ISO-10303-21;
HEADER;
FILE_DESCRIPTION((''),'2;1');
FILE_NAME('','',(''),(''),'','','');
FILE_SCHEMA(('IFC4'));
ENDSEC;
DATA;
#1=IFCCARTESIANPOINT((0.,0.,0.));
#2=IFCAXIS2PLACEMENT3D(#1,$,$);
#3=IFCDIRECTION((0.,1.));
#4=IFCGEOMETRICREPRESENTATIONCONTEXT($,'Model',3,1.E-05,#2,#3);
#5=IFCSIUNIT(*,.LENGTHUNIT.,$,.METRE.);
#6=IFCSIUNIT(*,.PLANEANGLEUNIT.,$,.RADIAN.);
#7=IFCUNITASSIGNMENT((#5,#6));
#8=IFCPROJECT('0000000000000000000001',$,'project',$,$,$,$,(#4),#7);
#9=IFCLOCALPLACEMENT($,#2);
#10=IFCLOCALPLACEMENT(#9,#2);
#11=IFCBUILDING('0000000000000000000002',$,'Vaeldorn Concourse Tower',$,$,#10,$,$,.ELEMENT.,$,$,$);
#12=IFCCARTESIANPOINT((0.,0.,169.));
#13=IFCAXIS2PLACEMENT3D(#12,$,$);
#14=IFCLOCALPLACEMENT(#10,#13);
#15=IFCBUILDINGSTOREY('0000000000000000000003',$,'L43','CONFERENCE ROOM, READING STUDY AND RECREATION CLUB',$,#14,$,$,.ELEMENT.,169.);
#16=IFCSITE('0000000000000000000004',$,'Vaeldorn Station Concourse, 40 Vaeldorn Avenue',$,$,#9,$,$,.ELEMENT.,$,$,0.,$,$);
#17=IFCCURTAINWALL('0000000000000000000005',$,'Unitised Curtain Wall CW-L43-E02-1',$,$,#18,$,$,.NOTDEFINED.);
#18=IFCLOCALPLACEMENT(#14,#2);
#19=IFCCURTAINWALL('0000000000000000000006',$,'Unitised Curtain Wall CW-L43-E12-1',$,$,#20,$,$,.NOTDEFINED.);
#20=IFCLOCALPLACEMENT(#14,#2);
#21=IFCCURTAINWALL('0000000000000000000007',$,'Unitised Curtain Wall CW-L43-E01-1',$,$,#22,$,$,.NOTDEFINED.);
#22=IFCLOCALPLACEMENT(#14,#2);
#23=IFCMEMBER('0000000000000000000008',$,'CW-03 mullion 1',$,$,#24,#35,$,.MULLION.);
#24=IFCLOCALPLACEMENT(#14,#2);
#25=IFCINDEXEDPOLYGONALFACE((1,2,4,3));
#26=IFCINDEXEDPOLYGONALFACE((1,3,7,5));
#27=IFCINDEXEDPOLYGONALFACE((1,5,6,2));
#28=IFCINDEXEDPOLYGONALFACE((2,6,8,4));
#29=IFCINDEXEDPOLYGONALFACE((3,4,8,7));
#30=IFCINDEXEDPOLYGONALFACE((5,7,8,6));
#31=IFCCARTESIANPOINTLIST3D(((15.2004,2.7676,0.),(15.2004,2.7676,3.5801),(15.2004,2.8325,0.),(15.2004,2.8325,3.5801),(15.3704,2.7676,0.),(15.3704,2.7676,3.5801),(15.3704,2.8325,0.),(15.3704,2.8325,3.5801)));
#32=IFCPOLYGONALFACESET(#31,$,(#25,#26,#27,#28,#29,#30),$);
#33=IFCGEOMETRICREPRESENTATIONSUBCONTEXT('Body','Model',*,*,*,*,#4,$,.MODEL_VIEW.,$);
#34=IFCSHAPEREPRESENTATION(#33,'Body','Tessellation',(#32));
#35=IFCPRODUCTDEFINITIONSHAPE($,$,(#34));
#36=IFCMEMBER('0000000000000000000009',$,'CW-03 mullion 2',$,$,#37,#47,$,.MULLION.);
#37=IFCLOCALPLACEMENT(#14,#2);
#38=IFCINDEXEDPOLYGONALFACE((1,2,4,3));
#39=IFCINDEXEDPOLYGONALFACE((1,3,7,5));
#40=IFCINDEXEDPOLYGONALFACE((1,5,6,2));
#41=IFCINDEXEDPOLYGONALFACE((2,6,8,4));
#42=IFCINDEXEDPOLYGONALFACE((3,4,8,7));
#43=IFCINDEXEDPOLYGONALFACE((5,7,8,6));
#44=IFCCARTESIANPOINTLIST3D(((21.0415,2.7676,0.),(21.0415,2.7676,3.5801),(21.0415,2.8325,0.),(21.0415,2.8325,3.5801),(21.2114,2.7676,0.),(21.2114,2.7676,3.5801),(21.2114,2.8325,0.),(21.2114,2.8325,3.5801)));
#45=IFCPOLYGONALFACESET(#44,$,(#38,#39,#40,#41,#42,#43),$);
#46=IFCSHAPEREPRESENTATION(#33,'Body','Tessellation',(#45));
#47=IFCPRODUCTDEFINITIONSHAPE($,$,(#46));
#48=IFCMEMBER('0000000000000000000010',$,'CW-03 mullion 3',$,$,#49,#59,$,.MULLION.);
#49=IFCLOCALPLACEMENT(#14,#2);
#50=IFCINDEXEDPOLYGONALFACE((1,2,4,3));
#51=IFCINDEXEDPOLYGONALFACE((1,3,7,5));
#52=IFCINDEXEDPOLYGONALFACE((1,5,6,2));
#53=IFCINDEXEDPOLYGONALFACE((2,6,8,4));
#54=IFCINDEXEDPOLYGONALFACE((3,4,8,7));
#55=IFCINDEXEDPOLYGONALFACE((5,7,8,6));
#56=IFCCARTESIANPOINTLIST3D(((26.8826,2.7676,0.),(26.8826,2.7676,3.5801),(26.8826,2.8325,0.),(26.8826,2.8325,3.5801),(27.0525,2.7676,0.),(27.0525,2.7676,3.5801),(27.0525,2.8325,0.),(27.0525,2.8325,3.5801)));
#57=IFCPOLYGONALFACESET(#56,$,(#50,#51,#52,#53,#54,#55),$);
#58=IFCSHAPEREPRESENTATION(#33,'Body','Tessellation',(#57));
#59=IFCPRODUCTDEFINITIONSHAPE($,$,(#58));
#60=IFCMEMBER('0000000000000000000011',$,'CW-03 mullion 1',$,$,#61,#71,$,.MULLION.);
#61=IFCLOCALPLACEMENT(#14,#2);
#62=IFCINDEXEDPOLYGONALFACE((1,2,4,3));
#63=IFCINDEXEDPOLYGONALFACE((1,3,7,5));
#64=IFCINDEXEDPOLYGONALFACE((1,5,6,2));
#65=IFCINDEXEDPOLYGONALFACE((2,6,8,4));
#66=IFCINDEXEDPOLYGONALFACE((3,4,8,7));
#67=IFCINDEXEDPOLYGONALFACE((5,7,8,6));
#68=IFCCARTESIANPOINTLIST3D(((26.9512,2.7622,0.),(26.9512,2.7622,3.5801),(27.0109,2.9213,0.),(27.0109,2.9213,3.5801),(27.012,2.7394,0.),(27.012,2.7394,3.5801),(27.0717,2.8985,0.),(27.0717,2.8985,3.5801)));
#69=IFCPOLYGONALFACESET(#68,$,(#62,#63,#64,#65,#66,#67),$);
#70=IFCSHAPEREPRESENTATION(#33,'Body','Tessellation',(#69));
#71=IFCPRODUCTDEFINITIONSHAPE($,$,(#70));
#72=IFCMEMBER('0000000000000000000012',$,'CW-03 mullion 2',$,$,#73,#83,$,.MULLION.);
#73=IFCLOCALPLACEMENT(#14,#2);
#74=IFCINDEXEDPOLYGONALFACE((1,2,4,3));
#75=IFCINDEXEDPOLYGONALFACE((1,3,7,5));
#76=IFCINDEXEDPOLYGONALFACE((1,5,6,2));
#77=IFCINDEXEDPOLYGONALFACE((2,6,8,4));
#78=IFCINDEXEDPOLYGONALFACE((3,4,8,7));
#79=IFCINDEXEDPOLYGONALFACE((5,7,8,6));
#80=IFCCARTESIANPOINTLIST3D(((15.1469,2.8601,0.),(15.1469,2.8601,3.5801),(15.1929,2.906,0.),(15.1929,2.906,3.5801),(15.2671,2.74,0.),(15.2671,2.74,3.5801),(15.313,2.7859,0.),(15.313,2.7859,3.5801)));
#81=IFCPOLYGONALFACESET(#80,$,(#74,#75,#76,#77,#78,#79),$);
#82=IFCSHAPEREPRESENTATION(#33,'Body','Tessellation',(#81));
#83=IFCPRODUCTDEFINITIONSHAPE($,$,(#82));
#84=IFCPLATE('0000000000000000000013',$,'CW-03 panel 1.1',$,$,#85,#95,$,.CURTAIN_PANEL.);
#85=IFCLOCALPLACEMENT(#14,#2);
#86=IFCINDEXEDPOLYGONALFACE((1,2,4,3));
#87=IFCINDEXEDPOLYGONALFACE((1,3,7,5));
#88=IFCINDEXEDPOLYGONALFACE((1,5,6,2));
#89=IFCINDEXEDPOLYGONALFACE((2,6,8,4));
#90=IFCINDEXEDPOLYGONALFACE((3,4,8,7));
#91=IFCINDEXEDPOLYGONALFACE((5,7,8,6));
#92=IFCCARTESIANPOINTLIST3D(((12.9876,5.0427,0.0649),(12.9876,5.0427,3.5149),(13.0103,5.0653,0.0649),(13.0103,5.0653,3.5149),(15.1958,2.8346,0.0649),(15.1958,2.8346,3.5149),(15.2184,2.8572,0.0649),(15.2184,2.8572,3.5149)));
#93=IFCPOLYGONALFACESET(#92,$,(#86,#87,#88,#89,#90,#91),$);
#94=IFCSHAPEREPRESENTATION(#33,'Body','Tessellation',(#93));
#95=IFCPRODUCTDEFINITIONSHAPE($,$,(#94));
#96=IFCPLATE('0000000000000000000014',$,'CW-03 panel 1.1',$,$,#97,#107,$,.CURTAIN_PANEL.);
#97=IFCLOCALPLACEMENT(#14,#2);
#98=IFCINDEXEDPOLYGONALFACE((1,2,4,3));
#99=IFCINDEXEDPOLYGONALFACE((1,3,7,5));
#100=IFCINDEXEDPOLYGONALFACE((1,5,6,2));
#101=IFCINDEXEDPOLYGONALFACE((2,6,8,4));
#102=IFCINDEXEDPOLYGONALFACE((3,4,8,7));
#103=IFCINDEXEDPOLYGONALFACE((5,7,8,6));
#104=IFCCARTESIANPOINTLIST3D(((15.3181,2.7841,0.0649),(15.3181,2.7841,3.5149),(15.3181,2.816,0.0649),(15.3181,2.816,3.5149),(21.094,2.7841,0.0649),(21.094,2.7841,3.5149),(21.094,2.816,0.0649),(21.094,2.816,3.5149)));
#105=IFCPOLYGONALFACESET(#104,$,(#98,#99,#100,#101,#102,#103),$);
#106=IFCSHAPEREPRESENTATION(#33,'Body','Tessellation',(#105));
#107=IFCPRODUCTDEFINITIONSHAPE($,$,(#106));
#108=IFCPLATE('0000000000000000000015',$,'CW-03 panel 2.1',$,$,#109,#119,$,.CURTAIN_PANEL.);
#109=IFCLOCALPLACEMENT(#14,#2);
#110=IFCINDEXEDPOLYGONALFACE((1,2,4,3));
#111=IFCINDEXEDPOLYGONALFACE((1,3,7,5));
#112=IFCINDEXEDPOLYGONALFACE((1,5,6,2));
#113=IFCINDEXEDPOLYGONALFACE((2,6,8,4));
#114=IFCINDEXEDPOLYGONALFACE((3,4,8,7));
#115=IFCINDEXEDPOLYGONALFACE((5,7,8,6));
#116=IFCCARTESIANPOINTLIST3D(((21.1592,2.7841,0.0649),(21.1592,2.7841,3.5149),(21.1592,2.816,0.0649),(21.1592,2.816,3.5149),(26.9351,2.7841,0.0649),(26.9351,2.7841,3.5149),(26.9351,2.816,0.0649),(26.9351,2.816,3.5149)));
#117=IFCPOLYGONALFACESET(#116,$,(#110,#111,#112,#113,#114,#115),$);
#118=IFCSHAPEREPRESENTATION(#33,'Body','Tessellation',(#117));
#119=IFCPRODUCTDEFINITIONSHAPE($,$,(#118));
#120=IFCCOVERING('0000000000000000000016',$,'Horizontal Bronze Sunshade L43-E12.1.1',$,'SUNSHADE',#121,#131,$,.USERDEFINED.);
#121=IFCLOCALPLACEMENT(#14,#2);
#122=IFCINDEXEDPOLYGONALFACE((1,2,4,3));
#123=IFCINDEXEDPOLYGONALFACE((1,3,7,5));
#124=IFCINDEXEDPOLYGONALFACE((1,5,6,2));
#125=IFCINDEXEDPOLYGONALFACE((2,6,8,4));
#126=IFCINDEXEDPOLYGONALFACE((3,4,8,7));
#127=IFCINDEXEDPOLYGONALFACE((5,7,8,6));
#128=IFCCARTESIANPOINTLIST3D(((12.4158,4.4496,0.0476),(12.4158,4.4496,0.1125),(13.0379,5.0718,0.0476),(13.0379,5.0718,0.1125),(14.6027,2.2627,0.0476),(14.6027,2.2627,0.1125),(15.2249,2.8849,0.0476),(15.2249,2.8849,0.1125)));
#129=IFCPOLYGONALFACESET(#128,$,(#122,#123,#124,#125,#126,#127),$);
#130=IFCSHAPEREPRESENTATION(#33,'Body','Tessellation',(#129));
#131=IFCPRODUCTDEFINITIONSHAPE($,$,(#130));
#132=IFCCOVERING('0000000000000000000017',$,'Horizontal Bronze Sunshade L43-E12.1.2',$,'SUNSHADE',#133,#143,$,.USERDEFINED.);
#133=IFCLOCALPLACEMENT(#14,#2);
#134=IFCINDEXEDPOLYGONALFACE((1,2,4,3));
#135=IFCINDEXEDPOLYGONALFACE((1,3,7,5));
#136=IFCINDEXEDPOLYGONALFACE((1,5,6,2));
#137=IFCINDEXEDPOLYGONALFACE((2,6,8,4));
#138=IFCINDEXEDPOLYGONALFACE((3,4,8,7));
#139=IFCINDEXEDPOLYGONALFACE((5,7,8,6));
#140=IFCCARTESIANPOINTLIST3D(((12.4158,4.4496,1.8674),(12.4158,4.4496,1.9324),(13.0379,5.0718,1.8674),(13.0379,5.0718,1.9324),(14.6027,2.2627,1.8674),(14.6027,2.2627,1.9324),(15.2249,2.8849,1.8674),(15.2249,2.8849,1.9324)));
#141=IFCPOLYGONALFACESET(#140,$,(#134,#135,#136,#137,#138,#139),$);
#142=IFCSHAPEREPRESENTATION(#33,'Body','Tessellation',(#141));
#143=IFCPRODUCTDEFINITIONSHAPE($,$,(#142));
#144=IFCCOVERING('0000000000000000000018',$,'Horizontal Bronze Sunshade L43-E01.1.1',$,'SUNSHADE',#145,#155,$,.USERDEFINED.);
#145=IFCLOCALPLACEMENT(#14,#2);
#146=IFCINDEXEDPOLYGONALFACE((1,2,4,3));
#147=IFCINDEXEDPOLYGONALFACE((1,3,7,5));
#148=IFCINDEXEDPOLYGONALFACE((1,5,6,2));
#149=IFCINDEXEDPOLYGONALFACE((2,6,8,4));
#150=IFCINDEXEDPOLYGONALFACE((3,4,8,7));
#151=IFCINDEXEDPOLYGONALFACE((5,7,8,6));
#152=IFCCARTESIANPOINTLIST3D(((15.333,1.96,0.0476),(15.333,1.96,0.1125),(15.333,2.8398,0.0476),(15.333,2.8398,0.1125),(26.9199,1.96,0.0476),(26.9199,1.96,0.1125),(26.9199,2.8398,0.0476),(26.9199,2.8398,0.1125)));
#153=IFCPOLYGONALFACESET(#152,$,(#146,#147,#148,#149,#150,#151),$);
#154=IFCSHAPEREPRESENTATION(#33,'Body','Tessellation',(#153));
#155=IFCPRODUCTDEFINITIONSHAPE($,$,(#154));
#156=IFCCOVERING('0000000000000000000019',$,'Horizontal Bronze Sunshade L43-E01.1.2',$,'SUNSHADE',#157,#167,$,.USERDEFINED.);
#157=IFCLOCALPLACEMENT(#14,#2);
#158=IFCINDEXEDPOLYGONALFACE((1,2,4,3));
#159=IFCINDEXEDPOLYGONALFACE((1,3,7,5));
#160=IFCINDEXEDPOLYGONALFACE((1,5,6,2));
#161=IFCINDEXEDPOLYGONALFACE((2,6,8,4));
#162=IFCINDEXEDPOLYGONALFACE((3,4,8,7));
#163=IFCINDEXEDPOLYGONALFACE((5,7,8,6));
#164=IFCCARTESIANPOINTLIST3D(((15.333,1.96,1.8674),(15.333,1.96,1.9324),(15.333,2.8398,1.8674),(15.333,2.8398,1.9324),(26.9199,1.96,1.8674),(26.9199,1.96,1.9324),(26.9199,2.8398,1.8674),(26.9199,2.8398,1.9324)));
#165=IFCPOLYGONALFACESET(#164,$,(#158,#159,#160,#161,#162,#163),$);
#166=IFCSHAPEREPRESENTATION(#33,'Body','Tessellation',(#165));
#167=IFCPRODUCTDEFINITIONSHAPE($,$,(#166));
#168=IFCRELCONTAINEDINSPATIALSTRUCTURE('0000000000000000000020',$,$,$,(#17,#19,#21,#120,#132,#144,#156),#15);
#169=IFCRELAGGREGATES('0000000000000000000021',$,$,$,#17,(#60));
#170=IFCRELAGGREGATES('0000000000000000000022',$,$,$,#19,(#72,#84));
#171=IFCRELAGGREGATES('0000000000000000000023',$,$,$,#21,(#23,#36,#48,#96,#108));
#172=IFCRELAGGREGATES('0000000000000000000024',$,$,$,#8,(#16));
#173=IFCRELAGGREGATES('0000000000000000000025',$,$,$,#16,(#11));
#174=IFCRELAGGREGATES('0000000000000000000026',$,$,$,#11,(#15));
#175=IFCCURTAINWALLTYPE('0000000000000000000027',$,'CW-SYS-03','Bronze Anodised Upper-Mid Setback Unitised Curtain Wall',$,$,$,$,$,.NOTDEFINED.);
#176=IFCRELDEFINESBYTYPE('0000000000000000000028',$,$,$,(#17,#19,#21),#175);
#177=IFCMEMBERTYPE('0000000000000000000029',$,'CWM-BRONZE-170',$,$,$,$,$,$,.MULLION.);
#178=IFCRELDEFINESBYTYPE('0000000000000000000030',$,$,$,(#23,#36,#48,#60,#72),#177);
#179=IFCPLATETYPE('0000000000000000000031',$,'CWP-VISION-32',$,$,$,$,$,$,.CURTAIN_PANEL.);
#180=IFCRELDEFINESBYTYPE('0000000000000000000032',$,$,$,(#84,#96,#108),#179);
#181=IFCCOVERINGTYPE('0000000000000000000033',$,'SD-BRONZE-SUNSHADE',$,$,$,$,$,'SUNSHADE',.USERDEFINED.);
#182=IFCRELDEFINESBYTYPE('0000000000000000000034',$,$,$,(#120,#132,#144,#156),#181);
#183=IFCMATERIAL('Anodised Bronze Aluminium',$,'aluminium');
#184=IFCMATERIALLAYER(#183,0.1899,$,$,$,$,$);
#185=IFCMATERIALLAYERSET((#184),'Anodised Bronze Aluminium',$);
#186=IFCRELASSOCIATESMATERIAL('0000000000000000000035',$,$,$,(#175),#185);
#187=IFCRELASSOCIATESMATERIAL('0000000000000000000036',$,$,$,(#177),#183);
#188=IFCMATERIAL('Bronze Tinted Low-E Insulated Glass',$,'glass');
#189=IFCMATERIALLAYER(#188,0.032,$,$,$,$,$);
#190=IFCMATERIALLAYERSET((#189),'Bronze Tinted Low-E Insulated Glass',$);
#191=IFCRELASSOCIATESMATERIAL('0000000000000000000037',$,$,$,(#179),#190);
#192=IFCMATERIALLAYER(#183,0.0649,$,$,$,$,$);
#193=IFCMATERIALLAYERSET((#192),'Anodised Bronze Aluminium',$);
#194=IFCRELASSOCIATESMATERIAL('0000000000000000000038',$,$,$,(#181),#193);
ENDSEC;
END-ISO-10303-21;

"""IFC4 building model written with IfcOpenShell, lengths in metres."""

from ifc_helpers import new_model, si_unit, direction, frame, origin, origin_2d, place, context, subcontext, project, spatial, rectangle, extrude, source, transform, mapped, material, layer, layer_set, material_profile, profile_set, type_object, element, aggregate, save


model = new_model("IFC4")

# Units and contexts
model_context = context("Model", 3, precision=1e-05, world=origin(), true_north=direction((0.0, 1.0)))
body_context = subcontext(model_context, "Body", "Model", "MODEL_VIEW")
ifc_project = project(units=[si_unit("LENGTHUNIT", "METRE"), si_unit("PLANEANGLEUNIT", "RADIAN")], contexts=[model_context])

# Site, building, storey
site_placement = place(None, origin())
site = spatial("IfcSite", under=ifc_project, at=site_placement, Name="Vaeldorn Station Concourse, 40 Vaeldorn Avenue", CompositionType="ELEMENT", RefElevation=0.0)
building_placement = place(site_placement, origin())
building = spatial("IfcBuilding", under=site, at=building_placement, Name="Vaeldorn Concourse Tower", CompositionType="ELEMENT")
storey_placement = place(building_placement, frame((0.0, 0.0, 169.0)))
storey = spatial("IfcBuildingStorey", under=building, at=storey_placement, Name="L43", Description="CONFERENCE ROOM, READING STUDY AND RECREATION CLUB", CompositionType="ELEMENT", Elevation=169.0)

# Curtain wall
ifc_material_1 = material(Name="Anodised Bronze Aluminium", Category="aluminium")
ifc_layer_1 = layer(ifc_material_1, 0.1899)
ifc_layer_set_1 = layer_set([ifc_layer_1], Name="Anodised Bronze Aluminium")
curtain_wall_type = type_object("IfcCurtainWallType", Name="CW-SYS-03", Description="Bronze Anodised Upper-Mid Setback Unitised Curtain Wall", PredefinedType="NOTDEFINED", material=ifc_layer_set_1)
curtain_wall_1_placement = place(storey_placement, origin())
curtain_wall_1 = element("IfcCurtainWall", 1, at=curtain_wall_1_placement, inside=storey, type_object=curtain_wall_type, Name="Unitised Curtain Wall CW-L43-E02-1", PredefinedType="NOTDEFINED")

# Curtain wall
curtain_wall_2_placement = place(storey_placement, origin())
curtain_wall_2 = element("IfcCurtainWall", 2, at=curtain_wall_2_placement, inside=storey, type_object=curtain_wall_type, Name="Unitised Curtain Wall CW-L43-E12-1", PredefinedType="NOTDEFINED")

# Curtain wall, members
curtain_wall_3_placement = place(storey_placement, origin())
curtain_wall_3 = element("IfcCurtainWall", 3, at=curtain_wall_3_placement, inside=storey, type_object=curtain_wall_type, Name="Unitised Curtain Wall CW-L43-E01-1", PredefinedType="NOTDEFINED")
ifc_material_profile_1 = material_profile(ifc_material_1, rectangle(XDim=0.0649, YDim=0.1699, at=origin_2d()), Name="CWM 65x170")
ifc_profile_set_1 = profile_set([ifc_material_profile_1], Name="Anodised Bronze Aluminium")
member_type_1 = type_object("IfcMemberType", Name="CWM-BRONZE-170", PredefinedType="MULLION", material=ifc_profile_set_1)
shared_shape_1 = source(origin(), body_context, "Body", "SweptSolid", [
    extrude(rectangle(XDim=0.0649, YDim=0.1699, at=origin_2d()), origin(), (0.0, 0.0, 1.0), 3.5801),
])
member_1_placement = place(storey_placement, frame((15.2854, 2.8, 0.0), z_axis=(0.0, 0.0, 1.0), x_axis=(0.0, 1.0, 0.0)))
member_1 = element("IfcMember", 4, at=member_1_placement, type_object=member_type_1, Name="CW-03 mullion 1", PredefinedType="MULLION", context=body_context, shape_type="MappedRepresentation", body=[
    mapped(shared_shape_1, transform((0.0, 0.0, 0.0), scale=1.0)),
])
member_2_placement = place(storey_placement, frame((21.1265, 2.8, 0.0), z_axis=(0.0, 0.0, 1.0), x_axis=(0.0, 1.0, 0.0)))
member_2 = element("IfcMember", 5, at=member_2_placement, type_object=member_type_1, Name="CW-03 mullion 2", PredefinedType="MULLION", context=body_context, shape_type="MappedRepresentation", body=[
    mapped(shared_shape_1, transform((0.0, 0.0, 0.0), scale=1.0)),
])
member_3_placement = place(storey_placement, frame((26.9675, 2.8, 0.0), z_axis=(0.0, 0.0, 1.0), x_axis=(0.0, 1.0, 0.0)))
member_3 = element("IfcMember", 6, at=member_3_placement, type_object=member_type_1, Name="CW-03 mullion 3", PredefinedType="MULLION", context=body_context, shape_type="MappedRepresentation", body=[
    mapped(shared_shape_1, transform((0.0, 0.0, 0.0), scale=1.0)),
])

# Members
member_4_placement = place(storey_placement, frame((27.0115, 2.8303, 0.0), z_axis=(0.0, 0.0, 1.0), x_axis=(-0.936329, 0.351123, 0.0)))
member_4 = element("IfcMember", 7, at=member_4_placement, type_object=member_type_1, Name="CW-03 mullion 1", PredefinedType="MULLION", context=body_context, shape_type="MappedRepresentation", body=[
    mapped(shared_shape_1, transform((0.0, 0.0, 0.0), scale=1.0)),
])
aggregate(curtain_wall_1, [member_4])
member_5_placement = place(storey_placement, frame((15.23, 2.823, 0.0), z_axis=(0.0, 0.0, 1.0), x_axis=(0.707107, 0.707107, 0.0)))
member_5 = element("IfcMember", 8, at=member_5_placement, type_object=member_type_1, Name="CW-03 mullion 2", PredefinedType="MULLION", context=body_context, shape_type="MappedRepresentation", body=[
    mapped(shared_shape_1, transform((0.0, 0.0, 0.0), scale=1.0)),
])

# Plates
ifc_material_2 = material(Name="Bronze Tinted Low-E Insulated Glass", Category="glass")
ifc_layer_2 = layer(ifc_material_2, 0.032)
ifc_layer_set_2 = layer_set([ifc_layer_2], Name="Bronze Tinted Low-E Insulated Glass")
plate_type = type_object("IfcPlateType", Name="CWP-VISION-32", PredefinedType="CURTAIN_PANEL", material=ifc_layer_set_2)
shared_shape_2 = source(origin(), body_context, "Body", "SweptSolid", [
    extrude(rectangle(XDim=3.1228, YDim=0.032, at=origin_2d()), origin(), (0.0, 0.0, 1.0), 3.45),
])
plate_1_placement = place(storey_placement, frame((14.103, 3.95, 0.0649), z_axis=(0.0, 0.0, 1.0), x_axis=(0.707107, -0.707107, 0.0)))
plate_1 = element("IfcPlate", 9, at=plate_1_placement, type_object=plate_type, Name="CW-03 panel 1.1", PredefinedType="CURTAIN_PANEL", context=body_context, shape_type="MappedRepresentation", body=[
    mapped(shared_shape_2, transform((0.0, 0.0, 0.0), scale=1.0)),
])
aggregate(curtain_wall_2, [member_5, plate_1])
shared_shape_3 = source(origin(), body_context, "Body", "SweptSolid", [
    extrude(rectangle(XDim=5.7759, YDim=0.032, at=origin_2d()), origin(), (0.0, 0.0, 1.0), 3.45),
])
plate_2_placement = place(storey_placement, frame((18.2061, 2.8, 0.0649), z_axis=(0.0, 0.0, 1.0), x_axis=(1.0, 0.0, 0.0)))
plate_2 = element("IfcPlate", 10, at=plate_2_placement, type_object=plate_type, Name="CW-03 panel 1.1", PredefinedType="CURTAIN_PANEL", context=body_context, shape_type="MappedRepresentation", body=[
    mapped(shared_shape_3, transform((0.0, 0.0, 0.0), scale=1.0)),
])
plate_3_placement = place(storey_placement, frame((24.0471, 2.8, 0.0649), z_axis=(0.0, 0.0, 1.0), x_axis=(1.0, 0.0, 0.0)))
plate_3 = element("IfcPlate", 11, at=plate_3_placement, type_object=plate_type, Name="CW-03 panel 2.1", PredefinedType="CURTAIN_PANEL", context=body_context, shape_type="MappedRepresentation", body=[
    mapped(shared_shape_3, transform((0.0, 0.0, 0.0), scale=1.0)),
])
aggregate(curtain_wall_3, [member_1, member_2, member_3, plate_2, plate_3])

# Coverings
ifc_layer_3 = layer(ifc_material_1, 0.0649)
ifc_layer_set_3 = layer_set([ifc_layer_3], Name="Anodised Bronze Aluminium")
covering_type = type_object("IfcCoveringType", Name="SD-BRONZE-SUNSHADE", ElementType="SUNSHADE", PredefinedType="USERDEFINED", material=ifc_layer_set_3)
shared_shape_4 = source(origin(), body_context, "Body", "SweptSolid", [
    extrude(rectangle(XDim=3.0928, YDim=0.8799, at=origin_2d()), origin(), (0.0, 0.0, 1.0), 0.0649),
])
for number, where, z_axis, x_axis, name in (
    (12, (13.8203, 3.6672, 0.0476), (0.0, 0.0, 1.0), (0.707107, -0.707107, 0.0), "Horizontal Bronze Sunshade L43-E12.1.1"),
    (13, (13.8203, 3.6672, 1.8674), (0.0, 0.0, 1.0), (0.707107, -0.707107, 0.0), "Horizontal Bronze Sunshade L43-E12.1.2"),
):
    element("IfcCovering", number, at=place(storey_placement, frame(where, z_axis=z_axis, x_axis=x_axis)), inside=storey, type_object=covering_type, Name=name, ObjectType="SUNSHADE", PredefinedType="USERDEFINED", context=body_context, shape_type="MappedRepresentation", body=[
        mapped(shared_shape_4, transform((0.0, 0.0, 0.0), scale=1.0)),
    ])
shared_shape_5 = source(origin(), body_context, "Body", "SweptSolid", [
    extrude(rectangle(XDim=11.5869, YDim=0.8799, at=origin_2d()), origin(), (0.0, 0.0, 1.0), 0.0649),
])
for number, where, z_axis, x_axis, name in (
    (14, (21.1265, 2.3999, 0.0476), (0.0, 0.0, 1.0), (1.0, 0.0, 0.0), "Horizontal Bronze Sunshade L43-E01.1.1"),
    (15, (21.1265, 2.3999, 1.8674), (0.0, 0.0, 1.0), (1.0, 0.0, 0.0), "Horizontal Bronze Sunshade L43-E01.1.2"),
):
    element("IfcCovering", number, at=place(storey_placement, frame(where, z_axis=z_axis, x_axis=x_axis)), inside=storey, type_object=covering_type, Name=name, ObjectType="SUNSHADE", PredefinedType="USERDEFINED", context=body_context, shape_type="MappedRepresentation", body=[
        mapped(shared_shape_5, transform((0.0, 0.0, 0.0), scale=1.0)),
    ])

save(model, "model.ifc")
